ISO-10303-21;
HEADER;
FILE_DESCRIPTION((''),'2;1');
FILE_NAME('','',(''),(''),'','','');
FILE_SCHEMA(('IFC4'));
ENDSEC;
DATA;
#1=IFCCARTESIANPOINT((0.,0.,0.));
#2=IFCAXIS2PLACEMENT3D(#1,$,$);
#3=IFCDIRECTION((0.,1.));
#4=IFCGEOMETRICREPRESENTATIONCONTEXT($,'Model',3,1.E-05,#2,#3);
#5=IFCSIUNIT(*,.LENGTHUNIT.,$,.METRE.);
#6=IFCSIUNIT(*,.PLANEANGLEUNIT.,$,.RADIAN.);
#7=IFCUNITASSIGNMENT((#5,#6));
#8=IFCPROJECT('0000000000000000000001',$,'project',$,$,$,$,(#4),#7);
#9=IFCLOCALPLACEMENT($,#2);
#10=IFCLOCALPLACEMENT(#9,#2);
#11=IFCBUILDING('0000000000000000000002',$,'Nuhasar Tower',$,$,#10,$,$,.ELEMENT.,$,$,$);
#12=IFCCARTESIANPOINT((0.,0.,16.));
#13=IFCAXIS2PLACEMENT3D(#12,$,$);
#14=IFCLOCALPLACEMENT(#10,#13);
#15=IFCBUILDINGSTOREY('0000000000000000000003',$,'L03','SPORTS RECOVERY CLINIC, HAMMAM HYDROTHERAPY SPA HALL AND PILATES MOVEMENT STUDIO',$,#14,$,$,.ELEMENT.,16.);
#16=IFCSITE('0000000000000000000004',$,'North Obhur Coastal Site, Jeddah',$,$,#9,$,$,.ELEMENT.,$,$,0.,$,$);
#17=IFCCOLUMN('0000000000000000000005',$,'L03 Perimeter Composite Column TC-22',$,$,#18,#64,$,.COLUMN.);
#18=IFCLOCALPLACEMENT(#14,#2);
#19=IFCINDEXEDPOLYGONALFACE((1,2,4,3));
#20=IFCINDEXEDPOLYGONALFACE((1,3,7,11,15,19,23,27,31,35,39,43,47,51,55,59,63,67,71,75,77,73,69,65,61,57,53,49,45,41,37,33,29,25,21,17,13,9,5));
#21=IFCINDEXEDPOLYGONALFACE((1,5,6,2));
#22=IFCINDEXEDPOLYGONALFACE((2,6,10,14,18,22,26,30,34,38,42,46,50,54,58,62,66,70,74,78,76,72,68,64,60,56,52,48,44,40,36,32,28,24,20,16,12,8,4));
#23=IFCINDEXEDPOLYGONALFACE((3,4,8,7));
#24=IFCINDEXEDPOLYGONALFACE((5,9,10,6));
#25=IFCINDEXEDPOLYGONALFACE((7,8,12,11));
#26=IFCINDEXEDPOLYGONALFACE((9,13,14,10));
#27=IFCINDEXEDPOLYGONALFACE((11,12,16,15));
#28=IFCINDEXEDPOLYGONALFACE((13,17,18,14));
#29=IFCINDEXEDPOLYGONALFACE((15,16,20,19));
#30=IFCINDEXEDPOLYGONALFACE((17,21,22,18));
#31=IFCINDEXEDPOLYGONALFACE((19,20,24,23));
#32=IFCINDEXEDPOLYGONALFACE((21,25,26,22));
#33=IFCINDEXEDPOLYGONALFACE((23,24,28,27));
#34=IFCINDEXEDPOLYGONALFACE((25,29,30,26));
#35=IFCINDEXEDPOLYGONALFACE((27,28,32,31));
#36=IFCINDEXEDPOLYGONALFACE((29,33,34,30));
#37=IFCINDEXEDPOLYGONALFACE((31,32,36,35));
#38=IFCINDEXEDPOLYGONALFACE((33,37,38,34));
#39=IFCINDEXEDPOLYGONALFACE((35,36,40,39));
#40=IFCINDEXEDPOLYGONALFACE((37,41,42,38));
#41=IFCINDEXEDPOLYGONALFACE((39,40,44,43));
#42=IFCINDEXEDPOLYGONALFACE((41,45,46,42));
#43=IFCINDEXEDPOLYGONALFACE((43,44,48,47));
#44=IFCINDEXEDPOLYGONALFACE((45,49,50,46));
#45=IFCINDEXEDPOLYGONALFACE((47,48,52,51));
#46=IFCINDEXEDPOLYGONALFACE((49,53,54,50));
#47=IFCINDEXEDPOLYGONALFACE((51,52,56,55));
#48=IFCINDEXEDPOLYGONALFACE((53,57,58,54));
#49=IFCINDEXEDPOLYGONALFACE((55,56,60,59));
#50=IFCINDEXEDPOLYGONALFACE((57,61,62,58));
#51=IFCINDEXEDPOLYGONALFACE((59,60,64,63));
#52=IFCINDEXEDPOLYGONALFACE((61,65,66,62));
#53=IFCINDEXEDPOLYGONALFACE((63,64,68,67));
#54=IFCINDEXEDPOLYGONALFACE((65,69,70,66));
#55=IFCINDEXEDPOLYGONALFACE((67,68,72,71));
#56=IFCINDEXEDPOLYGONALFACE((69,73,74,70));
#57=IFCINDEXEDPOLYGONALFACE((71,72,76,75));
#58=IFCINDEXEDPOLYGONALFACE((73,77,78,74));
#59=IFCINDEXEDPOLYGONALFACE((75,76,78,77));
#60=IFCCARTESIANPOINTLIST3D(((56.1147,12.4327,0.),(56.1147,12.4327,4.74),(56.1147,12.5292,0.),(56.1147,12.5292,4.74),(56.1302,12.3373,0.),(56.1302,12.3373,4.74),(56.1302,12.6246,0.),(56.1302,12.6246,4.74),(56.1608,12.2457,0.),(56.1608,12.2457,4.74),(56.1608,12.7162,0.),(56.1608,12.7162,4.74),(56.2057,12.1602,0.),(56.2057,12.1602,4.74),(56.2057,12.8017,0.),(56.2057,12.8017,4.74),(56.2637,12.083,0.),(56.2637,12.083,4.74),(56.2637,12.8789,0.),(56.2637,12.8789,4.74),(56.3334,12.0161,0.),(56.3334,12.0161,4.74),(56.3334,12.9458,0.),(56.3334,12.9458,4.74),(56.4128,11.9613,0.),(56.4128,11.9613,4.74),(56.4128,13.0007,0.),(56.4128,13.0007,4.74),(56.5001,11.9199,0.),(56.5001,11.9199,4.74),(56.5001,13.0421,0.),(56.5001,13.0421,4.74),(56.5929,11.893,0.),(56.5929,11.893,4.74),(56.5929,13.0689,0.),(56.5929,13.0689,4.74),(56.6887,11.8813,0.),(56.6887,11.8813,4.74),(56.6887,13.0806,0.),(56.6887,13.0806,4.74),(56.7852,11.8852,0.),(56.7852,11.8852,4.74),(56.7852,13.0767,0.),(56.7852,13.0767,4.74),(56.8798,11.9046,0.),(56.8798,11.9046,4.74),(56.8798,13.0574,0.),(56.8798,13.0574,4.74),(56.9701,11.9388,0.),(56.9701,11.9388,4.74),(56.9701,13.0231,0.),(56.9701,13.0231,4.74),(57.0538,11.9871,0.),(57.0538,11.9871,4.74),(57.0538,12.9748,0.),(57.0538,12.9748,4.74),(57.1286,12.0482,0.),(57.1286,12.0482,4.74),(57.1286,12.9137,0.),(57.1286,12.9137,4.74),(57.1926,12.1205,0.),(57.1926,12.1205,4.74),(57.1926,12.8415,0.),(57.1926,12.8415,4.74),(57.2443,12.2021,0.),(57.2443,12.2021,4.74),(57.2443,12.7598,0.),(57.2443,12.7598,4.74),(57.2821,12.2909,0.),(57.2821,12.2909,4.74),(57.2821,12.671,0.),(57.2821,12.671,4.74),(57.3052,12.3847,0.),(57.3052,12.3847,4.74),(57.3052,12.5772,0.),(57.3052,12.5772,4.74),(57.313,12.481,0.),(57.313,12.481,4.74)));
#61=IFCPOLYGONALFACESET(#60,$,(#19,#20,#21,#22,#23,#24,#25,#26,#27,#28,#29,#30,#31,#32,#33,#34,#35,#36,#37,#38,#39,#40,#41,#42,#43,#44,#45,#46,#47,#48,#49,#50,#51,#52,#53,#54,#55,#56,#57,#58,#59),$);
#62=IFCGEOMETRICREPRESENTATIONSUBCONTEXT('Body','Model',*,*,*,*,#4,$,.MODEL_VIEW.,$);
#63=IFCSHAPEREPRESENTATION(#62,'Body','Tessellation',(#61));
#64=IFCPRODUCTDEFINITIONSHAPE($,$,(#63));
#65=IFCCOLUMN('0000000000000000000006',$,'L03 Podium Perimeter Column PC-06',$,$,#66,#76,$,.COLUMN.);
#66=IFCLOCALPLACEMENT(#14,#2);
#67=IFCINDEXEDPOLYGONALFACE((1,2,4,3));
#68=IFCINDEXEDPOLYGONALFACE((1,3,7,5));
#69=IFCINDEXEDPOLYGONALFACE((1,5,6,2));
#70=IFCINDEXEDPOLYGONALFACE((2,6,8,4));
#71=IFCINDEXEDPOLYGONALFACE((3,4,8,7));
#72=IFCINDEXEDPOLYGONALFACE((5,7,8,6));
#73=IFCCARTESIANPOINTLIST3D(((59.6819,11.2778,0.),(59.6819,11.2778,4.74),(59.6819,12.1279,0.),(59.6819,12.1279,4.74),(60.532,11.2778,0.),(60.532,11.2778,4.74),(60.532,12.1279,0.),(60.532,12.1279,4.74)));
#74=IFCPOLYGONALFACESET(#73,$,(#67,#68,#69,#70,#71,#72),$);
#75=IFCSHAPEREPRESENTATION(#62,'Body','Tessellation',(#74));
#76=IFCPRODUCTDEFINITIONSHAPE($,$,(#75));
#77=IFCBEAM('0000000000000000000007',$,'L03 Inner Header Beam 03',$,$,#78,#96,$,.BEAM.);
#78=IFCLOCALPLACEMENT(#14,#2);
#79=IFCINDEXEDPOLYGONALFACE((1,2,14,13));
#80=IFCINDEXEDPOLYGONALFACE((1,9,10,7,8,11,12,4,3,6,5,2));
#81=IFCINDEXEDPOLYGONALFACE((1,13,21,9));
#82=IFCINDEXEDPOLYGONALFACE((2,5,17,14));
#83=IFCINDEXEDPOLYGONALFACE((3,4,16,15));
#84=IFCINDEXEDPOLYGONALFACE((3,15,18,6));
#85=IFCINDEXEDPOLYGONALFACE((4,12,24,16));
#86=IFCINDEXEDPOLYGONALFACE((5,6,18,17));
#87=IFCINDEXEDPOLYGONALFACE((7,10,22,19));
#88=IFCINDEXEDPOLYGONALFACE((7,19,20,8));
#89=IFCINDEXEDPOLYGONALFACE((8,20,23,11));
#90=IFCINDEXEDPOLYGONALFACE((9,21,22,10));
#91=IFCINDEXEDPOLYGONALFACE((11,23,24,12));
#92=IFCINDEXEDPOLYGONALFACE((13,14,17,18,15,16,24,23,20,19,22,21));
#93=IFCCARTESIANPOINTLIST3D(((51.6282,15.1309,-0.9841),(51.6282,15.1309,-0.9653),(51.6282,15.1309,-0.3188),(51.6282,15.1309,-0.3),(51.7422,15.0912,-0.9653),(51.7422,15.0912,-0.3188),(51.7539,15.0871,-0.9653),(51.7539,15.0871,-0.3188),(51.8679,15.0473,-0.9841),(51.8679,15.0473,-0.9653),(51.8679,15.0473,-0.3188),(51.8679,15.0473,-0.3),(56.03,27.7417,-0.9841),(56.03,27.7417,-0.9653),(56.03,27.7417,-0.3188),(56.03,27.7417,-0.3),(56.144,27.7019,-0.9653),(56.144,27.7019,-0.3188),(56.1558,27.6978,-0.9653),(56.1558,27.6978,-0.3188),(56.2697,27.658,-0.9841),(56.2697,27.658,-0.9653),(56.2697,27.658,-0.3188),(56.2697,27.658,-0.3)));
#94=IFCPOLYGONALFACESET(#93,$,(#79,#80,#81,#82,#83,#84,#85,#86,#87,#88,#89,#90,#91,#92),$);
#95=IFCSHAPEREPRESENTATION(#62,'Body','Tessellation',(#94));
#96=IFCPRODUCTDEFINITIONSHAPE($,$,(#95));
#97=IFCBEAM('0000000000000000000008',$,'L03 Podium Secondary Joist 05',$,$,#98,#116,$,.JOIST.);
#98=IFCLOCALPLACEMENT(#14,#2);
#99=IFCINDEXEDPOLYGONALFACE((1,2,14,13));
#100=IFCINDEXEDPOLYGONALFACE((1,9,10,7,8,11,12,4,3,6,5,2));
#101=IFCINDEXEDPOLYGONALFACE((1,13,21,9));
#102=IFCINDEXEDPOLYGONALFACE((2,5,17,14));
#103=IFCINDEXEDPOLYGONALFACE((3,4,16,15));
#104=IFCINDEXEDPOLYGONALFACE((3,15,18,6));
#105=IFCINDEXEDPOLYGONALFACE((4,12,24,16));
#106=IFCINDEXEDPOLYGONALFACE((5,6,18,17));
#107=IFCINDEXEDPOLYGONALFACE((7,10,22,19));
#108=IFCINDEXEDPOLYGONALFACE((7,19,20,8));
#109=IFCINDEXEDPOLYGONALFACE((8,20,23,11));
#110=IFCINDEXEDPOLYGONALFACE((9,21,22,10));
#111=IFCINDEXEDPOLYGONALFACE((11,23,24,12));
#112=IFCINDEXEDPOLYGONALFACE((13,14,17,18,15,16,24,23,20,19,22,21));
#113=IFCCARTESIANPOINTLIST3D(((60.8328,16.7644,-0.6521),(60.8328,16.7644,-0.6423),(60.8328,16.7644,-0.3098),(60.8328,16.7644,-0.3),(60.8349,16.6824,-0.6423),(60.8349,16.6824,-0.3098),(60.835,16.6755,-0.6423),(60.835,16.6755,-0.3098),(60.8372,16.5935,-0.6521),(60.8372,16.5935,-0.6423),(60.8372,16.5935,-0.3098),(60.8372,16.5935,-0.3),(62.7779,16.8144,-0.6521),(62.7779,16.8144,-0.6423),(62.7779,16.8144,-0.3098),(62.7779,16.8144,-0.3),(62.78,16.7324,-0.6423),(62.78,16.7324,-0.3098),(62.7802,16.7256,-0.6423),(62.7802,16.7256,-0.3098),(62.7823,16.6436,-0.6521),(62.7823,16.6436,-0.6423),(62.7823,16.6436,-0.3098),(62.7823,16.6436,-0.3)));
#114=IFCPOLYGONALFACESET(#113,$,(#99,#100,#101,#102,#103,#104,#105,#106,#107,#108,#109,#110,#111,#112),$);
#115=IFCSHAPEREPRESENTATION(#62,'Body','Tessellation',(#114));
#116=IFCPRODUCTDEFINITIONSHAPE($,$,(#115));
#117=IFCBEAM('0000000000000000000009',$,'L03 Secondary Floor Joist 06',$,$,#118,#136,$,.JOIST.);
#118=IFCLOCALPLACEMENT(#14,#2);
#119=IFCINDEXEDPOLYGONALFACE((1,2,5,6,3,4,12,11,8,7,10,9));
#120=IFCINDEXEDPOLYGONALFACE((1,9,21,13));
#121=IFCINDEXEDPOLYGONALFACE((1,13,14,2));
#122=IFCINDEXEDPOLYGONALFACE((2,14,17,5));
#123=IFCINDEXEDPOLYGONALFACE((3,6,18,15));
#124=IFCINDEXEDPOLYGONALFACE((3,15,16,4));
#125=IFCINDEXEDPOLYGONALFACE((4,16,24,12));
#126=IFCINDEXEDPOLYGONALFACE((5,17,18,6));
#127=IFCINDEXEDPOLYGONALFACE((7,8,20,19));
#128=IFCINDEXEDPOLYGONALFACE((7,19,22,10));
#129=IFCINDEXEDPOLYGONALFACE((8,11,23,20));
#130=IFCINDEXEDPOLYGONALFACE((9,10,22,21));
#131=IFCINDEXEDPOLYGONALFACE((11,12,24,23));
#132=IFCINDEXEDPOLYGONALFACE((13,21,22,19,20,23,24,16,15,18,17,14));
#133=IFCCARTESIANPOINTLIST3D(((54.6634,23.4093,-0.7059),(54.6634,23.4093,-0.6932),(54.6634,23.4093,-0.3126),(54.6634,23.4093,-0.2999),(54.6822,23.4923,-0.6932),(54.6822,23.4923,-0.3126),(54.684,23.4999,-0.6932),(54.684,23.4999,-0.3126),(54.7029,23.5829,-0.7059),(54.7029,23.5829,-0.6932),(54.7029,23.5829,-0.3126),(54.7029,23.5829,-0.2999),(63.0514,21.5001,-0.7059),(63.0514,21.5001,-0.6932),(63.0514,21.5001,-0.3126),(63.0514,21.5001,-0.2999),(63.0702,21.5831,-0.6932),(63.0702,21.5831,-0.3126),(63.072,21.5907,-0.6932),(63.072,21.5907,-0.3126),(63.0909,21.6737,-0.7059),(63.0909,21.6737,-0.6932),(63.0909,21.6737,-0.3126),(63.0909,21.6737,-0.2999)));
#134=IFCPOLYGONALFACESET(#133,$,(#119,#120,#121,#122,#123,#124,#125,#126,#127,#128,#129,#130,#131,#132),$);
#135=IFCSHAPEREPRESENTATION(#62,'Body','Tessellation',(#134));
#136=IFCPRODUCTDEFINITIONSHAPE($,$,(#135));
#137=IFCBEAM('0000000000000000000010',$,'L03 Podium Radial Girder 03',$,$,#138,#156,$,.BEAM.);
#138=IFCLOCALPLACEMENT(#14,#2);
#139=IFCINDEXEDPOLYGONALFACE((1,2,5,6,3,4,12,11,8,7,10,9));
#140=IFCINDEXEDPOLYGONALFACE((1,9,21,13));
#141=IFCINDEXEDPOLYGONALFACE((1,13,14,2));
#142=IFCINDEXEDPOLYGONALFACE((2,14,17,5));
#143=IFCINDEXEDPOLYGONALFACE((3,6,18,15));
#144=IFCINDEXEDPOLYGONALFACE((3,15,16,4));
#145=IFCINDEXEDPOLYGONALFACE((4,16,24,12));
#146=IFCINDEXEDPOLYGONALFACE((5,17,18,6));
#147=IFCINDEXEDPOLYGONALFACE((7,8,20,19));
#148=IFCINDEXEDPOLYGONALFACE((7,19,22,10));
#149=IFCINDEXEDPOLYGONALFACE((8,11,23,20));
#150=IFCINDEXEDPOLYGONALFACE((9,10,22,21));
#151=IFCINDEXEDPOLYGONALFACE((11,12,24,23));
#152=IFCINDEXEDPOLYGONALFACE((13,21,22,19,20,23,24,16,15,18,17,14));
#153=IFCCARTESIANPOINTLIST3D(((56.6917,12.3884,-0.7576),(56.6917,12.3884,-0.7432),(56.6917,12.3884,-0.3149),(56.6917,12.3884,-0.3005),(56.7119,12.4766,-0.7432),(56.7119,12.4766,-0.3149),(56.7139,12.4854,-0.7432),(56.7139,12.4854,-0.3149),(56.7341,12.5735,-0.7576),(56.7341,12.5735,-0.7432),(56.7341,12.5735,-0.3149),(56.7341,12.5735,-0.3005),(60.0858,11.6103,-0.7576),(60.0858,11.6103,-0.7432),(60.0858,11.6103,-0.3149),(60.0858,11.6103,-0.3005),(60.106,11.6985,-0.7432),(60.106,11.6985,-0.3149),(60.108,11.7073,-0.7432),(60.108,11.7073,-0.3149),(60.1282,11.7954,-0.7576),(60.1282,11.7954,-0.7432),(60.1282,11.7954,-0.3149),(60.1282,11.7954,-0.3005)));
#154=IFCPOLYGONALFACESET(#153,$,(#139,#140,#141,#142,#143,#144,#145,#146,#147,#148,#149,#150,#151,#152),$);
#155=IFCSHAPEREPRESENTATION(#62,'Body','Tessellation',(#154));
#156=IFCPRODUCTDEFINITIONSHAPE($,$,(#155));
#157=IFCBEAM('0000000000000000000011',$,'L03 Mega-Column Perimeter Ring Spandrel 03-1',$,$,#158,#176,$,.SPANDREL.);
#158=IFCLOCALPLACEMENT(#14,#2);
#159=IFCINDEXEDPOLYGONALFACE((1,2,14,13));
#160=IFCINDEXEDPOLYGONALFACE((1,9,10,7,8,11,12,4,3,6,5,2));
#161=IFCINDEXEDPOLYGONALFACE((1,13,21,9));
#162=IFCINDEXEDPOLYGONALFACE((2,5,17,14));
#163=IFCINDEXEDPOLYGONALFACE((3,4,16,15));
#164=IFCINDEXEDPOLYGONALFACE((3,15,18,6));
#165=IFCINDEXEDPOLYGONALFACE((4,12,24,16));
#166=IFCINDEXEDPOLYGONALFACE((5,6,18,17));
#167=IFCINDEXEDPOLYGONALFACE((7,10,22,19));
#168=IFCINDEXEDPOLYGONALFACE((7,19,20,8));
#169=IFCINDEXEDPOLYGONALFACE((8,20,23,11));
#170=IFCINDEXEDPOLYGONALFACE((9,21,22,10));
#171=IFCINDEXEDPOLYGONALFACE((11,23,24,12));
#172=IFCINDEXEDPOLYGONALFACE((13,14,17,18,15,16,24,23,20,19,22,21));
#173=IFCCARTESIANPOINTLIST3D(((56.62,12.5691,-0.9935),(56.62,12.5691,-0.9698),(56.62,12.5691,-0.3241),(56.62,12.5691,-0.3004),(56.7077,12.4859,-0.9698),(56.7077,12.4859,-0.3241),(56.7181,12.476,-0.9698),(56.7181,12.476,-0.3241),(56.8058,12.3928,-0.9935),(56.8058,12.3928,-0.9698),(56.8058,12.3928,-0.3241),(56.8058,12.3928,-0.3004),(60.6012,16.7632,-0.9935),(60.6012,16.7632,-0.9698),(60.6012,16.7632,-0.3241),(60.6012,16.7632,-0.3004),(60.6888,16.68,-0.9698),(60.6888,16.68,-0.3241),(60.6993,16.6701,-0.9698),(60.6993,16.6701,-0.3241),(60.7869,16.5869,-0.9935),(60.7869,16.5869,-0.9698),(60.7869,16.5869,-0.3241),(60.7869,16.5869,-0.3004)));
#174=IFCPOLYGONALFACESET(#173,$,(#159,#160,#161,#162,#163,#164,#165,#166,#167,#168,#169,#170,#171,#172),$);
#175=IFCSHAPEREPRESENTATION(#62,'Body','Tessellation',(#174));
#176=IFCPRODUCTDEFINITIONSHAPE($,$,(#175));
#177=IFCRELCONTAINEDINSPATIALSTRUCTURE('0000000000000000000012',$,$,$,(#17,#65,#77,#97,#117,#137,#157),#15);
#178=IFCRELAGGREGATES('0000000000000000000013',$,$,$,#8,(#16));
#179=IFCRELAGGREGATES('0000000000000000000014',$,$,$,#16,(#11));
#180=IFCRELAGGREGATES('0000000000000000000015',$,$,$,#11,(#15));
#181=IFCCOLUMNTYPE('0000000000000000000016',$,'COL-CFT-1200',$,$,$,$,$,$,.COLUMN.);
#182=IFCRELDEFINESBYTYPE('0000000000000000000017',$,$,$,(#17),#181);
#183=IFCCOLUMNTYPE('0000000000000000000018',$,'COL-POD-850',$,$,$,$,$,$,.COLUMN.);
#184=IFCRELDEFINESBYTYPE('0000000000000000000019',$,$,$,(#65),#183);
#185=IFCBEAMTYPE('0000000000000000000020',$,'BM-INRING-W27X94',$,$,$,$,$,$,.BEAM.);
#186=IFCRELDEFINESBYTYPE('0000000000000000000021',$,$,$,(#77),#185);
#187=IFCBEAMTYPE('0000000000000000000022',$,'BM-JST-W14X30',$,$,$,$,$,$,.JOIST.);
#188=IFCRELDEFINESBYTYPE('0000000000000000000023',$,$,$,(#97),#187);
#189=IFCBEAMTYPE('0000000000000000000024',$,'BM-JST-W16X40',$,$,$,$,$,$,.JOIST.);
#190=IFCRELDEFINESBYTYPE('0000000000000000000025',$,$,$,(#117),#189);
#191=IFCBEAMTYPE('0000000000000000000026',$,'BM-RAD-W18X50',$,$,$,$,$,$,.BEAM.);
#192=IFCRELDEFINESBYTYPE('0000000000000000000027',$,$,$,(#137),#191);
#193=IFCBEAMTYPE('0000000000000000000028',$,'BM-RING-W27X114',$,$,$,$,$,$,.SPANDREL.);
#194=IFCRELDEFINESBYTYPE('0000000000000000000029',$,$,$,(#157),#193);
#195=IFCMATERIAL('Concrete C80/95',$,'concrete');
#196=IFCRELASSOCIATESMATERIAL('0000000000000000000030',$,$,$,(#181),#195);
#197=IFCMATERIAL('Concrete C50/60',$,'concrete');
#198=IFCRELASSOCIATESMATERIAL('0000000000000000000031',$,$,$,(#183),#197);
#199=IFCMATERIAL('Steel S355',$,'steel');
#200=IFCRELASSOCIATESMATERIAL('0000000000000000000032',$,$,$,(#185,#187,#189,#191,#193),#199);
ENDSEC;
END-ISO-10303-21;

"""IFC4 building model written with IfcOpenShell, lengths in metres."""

from ifc_helpers import new_model, si_unit, direction, frame, origin, origin_2d, place, context, subcontext, project, spatial, rectangle, circle, i_section, extrude, material, material_profile, profile_set, type_object, element, save


model = new_model("IFC4")

# Units and contexts
model_context = context("Model", 3, precision=1e-05, world=origin(), true_north=direction((0.0, 1.0)))
body_context = subcontext(model_context, "Body", "Model", "MODEL_VIEW")
ifc_project = project(units=[si_unit("LENGTHUNIT", "METRE"), si_unit("PLANEANGLEUNIT", "RADIAN")], contexts=[model_context])

# Site, building, storey
site_placement = place(None, origin())
site = spatial("IfcSite", under=ifc_project, at=site_placement, Name="North Obhur Coastal Site, Jeddah", CompositionType="ELEMENT", RefElevation=0.0)
building_placement = place(site_placement, origin())
building = spatial("IfcBuilding", under=site, at=building_placement, Name="Nuhasar Tower", CompositionType="ELEMENT")
storey_placement = place(building_placement, frame((0.0, 0.0, 16.0)))
storey = spatial("IfcBuildingStorey", under=building, at=storey_placement, Name="L03", Description="SPORTS RECOVERY CLINIC, HAMMAM HYDROTHERAPY SPA HALL AND PILATES MOVEMENT STUDIO", CompositionType="ELEMENT", Elevation=16.0)

# Columns
ifc_material_1 = material(Name="Concrete C80/95", Category="concrete")
ifc_material_profile_1 = material_profile(ifc_material_1, circle(Radius=0.6001, at=origin_2d()), Name="CFT1200")
ifc_profile_set_1 = profile_set([ifc_material_profile_1], Name="Concrete C80/95")
column_type_1 = type_object("IfcColumnType", Name="COL-CFT-1200", PredefinedType="COLUMN", material=ifc_profile_set_1)
column_1_placement = place(storey_placement, frame((56.7129, 12.481, 0.0), z_axis=(0.0, 0.0, 1.0), x_axis=(1.0, 0.0, 0.0)))
element("IfcColumn", 1, at=column_1_placement, inside=storey, type_object=column_type_1, Name="L03 Perimeter Composite Column TC-22", PredefinedType="COLUMN", context=body_context, shape_type="SweptSolid", body=[
    extrude(circle(Radius=0.6001, at=origin_2d()), origin(), (0.0, 0.0, 1.0), 4.74),
])
ifc_material_2 = material(Name="Concrete C50/60", Category="concrete")
ifc_material_profile_2 = material_profile(ifc_material_2, rectangle(XDim=0.8501, YDim=0.8501, at=origin_2d()), Name="RC850X850")
ifc_profile_set_2 = profile_set([ifc_material_profile_2], Name="Concrete C50/60")
column_type_2 = type_object("IfcColumnType", Name="COL-POD-850", PredefinedType="COLUMN", material=ifc_profile_set_2)
column_2_placement = place(storey_placement, frame((60.1069, 11.7029, 0.0), z_axis=(0.0, 0.0, 1.0), x_axis=(1.0, 0.0, 0.0)))
element("IfcColumn", 2, at=column_2_placement, inside=storey, type_object=column_type_2, Name="L03 Podium Perimeter Column PC-06", PredefinedType="COLUMN", context=body_context, shape_type="SweptSolid", body=[
    extrude(rectangle(XDim=0.8501, YDim=0.8501, at=origin_2d()), origin(), (0.0, 0.0, 1.0), 4.74),
])

# Beams
ifc_material_3 = material(Name="Steel S355", Category="steel")
ifc_material_profile_3 = material_profile(ifc_material_3, i_section(OverallWidth=0.2539, OverallDepth=0.6841, WebThickness=0.0125, FlangeThickness=0.0188, at=origin_2d()), Name="W27X94")
ifc_profile_set_3 = profile_set([ifc_material_profile_3], Name="Steel S355")
beam_type_1 = type_object("IfcBeamType", Name="BM-INRING-W27X94", PredefinedType="BEAM", material=ifc_profile_set_3)
beam_1_placement = place(storey_placement, frame((51.748, 15.0891, -0.6421), z_axis=(0.329554, 0.944137, 0.0), x_axis=(-0.944137, 0.329554, 0.0)))
element("IfcBeam", 3, at=beam_1_placement, inside=storey, type_object=beam_type_1, Name="L03 Inner Header Beam 03", PredefinedType="BEAM", context=body_context, shape_type="SweptSolid", body=[
    extrude(i_section(OverallWidth=0.2539, OverallDepth=0.6841, WebThickness=0.0125, FlangeThickness=0.0188, at=origin_2d()), origin(), (0.0, 0.0, 1.0), 13.3569),
])
ifc_material_profile_4 = material_profile(ifc_material_3, i_section(OverallWidth=0.1709, OverallDepth=0.3521, WebThickness=0.0068, FlangeThickness=0.0098, at=origin_2d()), Name="W14X30")
ifc_profile_set_4 = profile_set([ifc_material_profile_4], Name="Steel S355")
beam_type_2 = type_object("IfcBeamType", Name="BM-JST-W14X30", PredefinedType="JOIST", material=ifc_profile_set_4)
beam_2_placement = place(storey_placement, frame((60.835, 16.679, -0.4761), z_axis=(0.999669, 0.025723, 0.0), x_axis=(-0.025723, 0.999669, 0.0)))
element("IfcBeam", 4, at=beam_2_placement, inside=storey, type_object=beam_type_2, Name="L03 Podium Secondary Joist 05", PredefinedType="JOIST", context=body_context, shape_type="SweptSolid", body=[
    extrude(i_section(OverallWidth=0.1709, OverallDepth=0.3521, WebThickness=0.0068, FlangeThickness=0.0098, at=origin_2d()), origin(), (0.0, 0.0, 1.0), 1.9458),
])
ifc_material_profile_5 = material_profile(ifc_material_3, i_section(OverallWidth=0.178, OverallDepth=0.406, WebThickness=0.0078, FlangeThickness=0.0127, at=origin_2d()), Name="W16X40")
ifc_profile_set_5 = profile_set([ifc_material_profile_5], Name="Steel S355")
beam_type_3 = type_object("IfcBeamType", Name="BM-JST-W16X40", PredefinedType="JOIST", material=ifc_profile_set_5)
beam_3_placement = place(storey_placement, frame((54.6831, 23.4961, -0.5029), z_axis=(0.975062, -0.221934, 0.0), x_axis=(0.221934, 0.975062, 0.0)))
element("IfcBeam", 5, at=beam_3_placement, inside=storey, type_object=beam_type_3, Name="L03 Secondary Floor Joist 06", PredefinedType="JOIST", context=body_context, shape_type="SweptSolid", body=[
    extrude(i_section(OverallWidth=0.178, OverallDepth=0.406, WebThickness=0.0078, FlangeThickness=0.0127, at=origin_2d()), origin(), (0.0, 0.0, 1.0), 8.6025),
])
ifc_material_profile_6 = material_profile(ifc_material_3, i_section(OverallWidth=0.1899, OverallDepth=0.457, WebThickness=0.009, FlangeThickness=0.0144, at=origin_2d()), Name="W18X50")
ifc_profile_set_6 = profile_set([ifc_material_profile_6], Name="Steel S355")
beam_type_4 = type_object("IfcBeamType", Name="BM-RAD-W18X50", PredefinedType="BEAM", material=ifc_profile_set_6)
beam_4_placement = place(storey_placement, frame((56.7129, 12.481, -0.5291), z_axis=(0.974715, -0.223451, 0.0), x_axis=(0.223451, 0.974715, 0.0)))
element("IfcBeam", 6, at=beam_4_placement, inside=storey, type_object=beam_type_4, Name="L03 Podium Radial Girder 03", PredefinedType="BEAM", context=body_context, shape_type="SweptSolid", body=[
    extrude(i_section(OverallWidth=0.1899, OverallDepth=0.457, WebThickness=0.009, FlangeThickness=0.0144, at=origin_2d()), origin(), (0.0, 0.0, 1.0), 3.4822),
])
ifc_material_profile_7 = material_profile(ifc_material_3, i_section(OverallWidth=0.2561, OverallDepth=0.6931, WebThickness=0.0144, FlangeThickness=0.0237, at=origin_2d()), Name="W27X114")
ifc_profile_set_7 = profile_set([ifc_material_profile_7], Name="Steel S355")
beam_type_5 = type_object("IfcBeamType", Name="BM-RING-W27X114", PredefinedType="SPANDREL", material=ifc_profile_set_7)
beam_5_placement = place(storey_placement, frame((56.7129, 12.481, -0.647), z_axis=(0.68846, 0.725274, 0.0), x_axis=(-0.725274, 0.68846, 0.0)))
element("IfcBeam", 7, at=beam_5_placement, inside=storey, type_object=beam_type_5, Name="L03 Mega-Column Perimeter Ring Spandrel 03-1", PredefinedType="SPANDREL", context=body_context, shape_type="SweptSolid", body=[
    extrude(i_section(OverallWidth=0.2561, OverallDepth=0.6931, WebThickness=0.0144, FlangeThickness=0.0237, at=origin_2d()), origin(), (0.0, 0.0, 1.0), 5.7827),
])

save(model, "model.ifc")
